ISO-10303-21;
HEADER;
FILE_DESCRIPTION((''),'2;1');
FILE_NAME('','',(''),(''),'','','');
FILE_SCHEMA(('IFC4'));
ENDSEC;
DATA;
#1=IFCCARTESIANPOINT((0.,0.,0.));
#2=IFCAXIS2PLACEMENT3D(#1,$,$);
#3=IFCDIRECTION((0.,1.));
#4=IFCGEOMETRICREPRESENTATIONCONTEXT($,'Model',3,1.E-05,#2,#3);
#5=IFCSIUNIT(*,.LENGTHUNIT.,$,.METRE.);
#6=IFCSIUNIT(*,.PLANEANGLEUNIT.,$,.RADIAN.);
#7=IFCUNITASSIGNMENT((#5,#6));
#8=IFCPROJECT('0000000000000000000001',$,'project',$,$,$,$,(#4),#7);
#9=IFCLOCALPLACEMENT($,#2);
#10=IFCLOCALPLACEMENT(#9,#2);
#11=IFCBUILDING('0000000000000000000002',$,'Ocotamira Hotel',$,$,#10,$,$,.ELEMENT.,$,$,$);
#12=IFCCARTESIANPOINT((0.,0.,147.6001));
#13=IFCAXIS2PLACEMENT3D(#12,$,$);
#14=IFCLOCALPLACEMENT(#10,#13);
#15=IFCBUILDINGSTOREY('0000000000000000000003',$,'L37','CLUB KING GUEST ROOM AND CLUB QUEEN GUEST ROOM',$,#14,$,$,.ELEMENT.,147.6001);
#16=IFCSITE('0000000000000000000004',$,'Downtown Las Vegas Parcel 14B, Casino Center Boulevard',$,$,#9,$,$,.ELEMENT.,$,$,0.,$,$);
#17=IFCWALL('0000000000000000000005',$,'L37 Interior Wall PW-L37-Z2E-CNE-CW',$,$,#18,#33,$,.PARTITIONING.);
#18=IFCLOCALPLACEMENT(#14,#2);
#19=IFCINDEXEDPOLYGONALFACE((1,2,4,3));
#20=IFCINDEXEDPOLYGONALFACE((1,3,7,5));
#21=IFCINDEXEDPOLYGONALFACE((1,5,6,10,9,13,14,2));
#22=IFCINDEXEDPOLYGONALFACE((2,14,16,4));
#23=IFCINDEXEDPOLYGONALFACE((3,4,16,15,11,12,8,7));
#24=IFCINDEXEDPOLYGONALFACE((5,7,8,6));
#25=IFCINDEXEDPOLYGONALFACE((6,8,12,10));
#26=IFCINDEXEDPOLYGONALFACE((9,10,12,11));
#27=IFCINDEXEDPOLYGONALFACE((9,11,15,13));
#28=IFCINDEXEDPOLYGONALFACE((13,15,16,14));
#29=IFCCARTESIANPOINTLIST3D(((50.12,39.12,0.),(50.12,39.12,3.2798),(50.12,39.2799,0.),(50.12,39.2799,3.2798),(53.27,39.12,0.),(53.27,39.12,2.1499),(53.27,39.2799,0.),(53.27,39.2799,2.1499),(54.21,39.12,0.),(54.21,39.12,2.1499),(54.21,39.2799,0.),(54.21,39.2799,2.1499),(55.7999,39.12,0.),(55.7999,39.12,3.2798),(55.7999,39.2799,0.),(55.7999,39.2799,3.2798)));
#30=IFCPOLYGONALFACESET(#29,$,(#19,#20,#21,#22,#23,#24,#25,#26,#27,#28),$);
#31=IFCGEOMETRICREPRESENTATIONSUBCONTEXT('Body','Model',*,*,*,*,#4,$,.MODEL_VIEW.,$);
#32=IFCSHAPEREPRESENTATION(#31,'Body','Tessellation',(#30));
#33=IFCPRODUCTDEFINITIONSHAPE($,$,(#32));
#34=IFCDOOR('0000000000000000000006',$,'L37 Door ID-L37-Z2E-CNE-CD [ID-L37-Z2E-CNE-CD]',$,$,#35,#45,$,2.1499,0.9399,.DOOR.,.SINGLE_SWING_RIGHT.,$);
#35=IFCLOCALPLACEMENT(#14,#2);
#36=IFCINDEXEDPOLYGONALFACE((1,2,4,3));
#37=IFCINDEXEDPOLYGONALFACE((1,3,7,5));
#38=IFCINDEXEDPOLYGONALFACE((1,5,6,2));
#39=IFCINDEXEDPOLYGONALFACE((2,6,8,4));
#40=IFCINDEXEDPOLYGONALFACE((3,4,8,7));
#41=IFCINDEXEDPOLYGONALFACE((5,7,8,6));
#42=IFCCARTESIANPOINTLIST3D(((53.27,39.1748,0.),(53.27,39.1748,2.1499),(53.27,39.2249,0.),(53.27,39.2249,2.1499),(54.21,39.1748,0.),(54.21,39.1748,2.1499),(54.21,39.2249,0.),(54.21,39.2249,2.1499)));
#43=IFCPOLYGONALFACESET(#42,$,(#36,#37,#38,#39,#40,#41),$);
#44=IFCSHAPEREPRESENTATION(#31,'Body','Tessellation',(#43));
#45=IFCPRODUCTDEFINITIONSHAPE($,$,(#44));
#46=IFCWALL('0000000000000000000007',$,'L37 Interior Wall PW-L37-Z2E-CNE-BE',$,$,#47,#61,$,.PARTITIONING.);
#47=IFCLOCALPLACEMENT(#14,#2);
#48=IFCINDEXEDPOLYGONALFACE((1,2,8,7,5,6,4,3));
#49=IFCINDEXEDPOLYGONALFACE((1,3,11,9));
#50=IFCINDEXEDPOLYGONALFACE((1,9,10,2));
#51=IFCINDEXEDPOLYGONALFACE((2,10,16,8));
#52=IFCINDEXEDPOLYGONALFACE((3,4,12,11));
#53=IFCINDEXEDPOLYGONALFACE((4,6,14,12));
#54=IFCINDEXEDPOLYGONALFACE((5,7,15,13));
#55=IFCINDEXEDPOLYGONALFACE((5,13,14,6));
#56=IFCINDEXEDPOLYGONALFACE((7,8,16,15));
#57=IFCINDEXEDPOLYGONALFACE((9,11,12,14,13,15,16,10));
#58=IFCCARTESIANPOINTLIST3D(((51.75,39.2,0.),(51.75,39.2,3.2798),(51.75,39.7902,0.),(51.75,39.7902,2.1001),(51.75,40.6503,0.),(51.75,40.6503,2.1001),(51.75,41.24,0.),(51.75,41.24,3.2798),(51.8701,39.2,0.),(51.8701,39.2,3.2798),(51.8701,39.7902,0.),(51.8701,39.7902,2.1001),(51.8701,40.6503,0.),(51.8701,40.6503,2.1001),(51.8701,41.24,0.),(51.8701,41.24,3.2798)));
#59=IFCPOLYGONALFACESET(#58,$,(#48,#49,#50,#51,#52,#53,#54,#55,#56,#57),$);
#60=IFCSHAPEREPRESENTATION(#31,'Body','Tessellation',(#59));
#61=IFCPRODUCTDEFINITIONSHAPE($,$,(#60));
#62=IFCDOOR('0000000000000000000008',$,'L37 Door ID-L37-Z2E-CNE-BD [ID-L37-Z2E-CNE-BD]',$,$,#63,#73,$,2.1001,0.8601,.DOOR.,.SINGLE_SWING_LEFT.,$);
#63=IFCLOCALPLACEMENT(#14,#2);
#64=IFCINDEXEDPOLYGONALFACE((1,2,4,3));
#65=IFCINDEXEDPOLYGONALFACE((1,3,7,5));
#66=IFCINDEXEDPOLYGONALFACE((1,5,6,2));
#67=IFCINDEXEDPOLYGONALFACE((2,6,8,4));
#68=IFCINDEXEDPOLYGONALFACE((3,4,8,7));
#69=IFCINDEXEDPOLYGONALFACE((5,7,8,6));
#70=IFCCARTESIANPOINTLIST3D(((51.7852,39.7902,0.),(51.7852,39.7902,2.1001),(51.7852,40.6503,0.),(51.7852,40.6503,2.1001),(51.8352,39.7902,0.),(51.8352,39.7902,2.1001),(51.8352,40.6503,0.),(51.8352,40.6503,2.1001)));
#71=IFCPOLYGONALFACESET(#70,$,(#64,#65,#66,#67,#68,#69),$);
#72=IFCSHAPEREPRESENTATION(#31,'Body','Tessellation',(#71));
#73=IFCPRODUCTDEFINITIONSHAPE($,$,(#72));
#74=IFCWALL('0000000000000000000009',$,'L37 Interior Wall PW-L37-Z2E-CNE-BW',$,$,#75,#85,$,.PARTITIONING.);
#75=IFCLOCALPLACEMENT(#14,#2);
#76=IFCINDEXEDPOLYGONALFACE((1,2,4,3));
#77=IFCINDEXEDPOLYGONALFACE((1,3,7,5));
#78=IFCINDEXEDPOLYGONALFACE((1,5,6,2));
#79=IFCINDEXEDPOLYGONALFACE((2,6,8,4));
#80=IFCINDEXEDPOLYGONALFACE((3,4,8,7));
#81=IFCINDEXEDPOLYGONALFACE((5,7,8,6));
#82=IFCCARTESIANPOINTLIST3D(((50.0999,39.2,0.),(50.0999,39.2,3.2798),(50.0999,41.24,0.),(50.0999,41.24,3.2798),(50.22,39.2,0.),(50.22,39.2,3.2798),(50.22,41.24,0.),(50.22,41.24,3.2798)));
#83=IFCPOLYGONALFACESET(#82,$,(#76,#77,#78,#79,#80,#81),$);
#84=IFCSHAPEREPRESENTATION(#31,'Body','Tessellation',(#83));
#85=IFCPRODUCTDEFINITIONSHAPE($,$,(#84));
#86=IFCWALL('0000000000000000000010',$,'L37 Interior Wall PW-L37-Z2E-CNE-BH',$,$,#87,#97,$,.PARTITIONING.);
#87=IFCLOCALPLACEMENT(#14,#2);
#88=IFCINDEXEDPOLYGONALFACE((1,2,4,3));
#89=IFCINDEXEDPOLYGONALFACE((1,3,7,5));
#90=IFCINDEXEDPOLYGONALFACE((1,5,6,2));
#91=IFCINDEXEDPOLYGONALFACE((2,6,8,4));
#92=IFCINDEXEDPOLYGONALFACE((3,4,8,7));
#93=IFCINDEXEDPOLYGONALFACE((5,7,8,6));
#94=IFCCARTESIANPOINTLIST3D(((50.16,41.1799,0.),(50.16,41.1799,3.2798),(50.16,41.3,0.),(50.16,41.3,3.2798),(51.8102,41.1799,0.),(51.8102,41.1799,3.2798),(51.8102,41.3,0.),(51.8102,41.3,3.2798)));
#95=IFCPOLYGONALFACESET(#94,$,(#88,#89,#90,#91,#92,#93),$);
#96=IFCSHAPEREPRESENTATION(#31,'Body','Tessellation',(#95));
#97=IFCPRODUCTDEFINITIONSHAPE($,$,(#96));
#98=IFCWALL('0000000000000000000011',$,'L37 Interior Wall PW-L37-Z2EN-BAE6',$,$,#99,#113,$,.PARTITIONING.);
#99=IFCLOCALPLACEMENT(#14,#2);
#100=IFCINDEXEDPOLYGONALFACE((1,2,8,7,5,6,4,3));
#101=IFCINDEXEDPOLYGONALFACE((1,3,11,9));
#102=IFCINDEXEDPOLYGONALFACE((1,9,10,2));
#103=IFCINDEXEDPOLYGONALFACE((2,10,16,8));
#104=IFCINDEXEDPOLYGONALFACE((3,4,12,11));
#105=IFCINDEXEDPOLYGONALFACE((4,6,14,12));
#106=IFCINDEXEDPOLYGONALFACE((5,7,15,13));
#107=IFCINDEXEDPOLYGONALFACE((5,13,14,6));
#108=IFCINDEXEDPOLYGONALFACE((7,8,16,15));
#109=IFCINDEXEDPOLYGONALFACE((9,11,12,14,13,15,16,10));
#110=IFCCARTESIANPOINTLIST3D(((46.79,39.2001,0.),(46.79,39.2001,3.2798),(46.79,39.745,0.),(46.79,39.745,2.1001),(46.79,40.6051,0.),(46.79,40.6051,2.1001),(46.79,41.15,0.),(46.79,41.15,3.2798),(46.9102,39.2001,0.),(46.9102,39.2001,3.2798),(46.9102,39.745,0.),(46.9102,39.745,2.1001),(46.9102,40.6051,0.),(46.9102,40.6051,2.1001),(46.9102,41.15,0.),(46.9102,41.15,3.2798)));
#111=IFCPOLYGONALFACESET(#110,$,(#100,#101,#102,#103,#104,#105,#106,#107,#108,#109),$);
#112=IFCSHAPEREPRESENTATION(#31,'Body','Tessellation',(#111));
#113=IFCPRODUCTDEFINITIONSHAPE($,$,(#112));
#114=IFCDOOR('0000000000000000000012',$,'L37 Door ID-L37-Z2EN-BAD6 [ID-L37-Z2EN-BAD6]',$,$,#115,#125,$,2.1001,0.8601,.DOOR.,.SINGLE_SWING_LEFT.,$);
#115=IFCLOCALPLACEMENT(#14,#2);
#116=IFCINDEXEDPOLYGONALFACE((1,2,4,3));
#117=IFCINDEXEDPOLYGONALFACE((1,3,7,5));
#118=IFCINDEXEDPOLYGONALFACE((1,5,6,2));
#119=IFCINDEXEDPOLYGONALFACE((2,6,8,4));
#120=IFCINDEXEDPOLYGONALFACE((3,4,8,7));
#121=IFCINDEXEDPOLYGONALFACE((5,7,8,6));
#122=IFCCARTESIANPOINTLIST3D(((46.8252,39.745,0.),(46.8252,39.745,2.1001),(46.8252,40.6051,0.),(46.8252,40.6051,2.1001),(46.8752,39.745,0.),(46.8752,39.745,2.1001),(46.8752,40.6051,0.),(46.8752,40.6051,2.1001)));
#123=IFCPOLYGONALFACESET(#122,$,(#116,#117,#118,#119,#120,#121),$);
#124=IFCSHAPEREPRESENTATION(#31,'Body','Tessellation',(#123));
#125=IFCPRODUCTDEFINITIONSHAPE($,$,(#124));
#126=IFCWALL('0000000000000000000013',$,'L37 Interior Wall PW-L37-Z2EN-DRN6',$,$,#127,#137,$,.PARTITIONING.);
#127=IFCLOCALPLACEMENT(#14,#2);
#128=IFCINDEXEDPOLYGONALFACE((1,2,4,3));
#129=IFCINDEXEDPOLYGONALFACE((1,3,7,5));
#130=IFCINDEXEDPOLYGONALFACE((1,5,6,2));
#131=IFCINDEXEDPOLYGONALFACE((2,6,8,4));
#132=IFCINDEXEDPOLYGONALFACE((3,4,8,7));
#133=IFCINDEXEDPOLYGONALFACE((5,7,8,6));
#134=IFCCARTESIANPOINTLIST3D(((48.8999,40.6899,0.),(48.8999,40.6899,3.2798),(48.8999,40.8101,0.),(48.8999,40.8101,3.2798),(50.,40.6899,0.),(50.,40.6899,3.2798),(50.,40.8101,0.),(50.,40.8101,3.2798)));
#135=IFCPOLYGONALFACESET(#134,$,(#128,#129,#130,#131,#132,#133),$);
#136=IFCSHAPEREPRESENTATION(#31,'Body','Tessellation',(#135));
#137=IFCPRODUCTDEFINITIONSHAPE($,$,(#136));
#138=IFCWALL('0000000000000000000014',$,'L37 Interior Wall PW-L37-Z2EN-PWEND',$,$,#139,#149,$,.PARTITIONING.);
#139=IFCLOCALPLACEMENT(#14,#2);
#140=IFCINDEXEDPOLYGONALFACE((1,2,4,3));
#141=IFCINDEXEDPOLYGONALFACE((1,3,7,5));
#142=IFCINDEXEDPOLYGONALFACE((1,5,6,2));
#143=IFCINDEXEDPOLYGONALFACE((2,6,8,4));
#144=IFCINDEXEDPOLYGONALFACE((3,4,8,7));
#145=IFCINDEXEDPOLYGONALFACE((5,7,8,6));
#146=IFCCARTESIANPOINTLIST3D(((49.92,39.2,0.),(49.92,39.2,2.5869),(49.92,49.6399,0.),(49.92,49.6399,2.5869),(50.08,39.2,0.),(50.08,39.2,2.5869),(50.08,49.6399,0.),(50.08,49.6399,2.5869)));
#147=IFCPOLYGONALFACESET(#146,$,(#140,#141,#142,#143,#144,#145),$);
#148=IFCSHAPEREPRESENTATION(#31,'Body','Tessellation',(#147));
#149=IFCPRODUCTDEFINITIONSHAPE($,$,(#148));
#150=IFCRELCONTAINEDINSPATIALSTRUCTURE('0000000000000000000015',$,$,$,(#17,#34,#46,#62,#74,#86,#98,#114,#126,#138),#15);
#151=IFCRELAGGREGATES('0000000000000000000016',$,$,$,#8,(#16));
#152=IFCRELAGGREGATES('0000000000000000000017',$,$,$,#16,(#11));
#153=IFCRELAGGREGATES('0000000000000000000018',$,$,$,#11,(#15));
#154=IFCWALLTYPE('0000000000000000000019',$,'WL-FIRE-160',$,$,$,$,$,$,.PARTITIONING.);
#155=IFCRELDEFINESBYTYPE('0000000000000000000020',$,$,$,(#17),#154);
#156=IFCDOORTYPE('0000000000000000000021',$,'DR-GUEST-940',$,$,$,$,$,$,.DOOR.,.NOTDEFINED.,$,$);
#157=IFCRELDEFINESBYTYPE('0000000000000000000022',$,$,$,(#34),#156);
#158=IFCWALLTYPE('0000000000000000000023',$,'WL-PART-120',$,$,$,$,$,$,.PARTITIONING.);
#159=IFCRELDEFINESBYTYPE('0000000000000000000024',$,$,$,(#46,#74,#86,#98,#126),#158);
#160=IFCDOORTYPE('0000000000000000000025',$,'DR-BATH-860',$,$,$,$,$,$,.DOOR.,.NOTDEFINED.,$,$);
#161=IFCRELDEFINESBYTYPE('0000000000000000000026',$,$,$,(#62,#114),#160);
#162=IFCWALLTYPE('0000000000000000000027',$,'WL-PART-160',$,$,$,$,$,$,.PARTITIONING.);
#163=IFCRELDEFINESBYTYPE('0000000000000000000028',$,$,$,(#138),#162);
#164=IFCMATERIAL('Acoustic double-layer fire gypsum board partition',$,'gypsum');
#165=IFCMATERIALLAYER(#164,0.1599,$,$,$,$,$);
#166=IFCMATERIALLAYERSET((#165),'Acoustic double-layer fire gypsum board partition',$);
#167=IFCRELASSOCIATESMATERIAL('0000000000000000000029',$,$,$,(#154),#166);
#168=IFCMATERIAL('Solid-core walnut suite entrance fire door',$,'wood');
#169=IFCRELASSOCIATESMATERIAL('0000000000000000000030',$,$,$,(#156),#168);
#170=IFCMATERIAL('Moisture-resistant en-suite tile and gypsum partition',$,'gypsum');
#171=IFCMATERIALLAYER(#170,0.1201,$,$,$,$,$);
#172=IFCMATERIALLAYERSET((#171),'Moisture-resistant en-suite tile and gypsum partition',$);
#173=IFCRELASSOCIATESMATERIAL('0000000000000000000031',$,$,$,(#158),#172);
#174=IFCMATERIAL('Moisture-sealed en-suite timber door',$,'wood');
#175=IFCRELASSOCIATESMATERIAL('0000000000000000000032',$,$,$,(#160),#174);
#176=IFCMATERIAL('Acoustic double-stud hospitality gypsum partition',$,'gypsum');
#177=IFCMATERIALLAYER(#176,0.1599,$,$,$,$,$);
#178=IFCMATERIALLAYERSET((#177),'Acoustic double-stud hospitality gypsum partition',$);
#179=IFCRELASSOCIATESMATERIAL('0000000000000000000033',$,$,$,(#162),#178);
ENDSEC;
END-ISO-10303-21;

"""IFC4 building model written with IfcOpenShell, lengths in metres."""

from ifc_helpers import new_model, si_unit, direction, frame, frame_2d, origin, place, context, subcontext, project, spatial, rectangle, extrude, source, transform, mapped, material, layer, layer_set, type_object, element, fill, save


model = new_model("IFC4")

# Units and contexts
model_context = context("Model", 3, precision=1e-05, world=origin(), true_north=direction((0.0, 1.0)))
body_context = subcontext(model_context, "Body", "Model", "MODEL_VIEW")
ifc_project = project(units=[si_unit("LENGTHUNIT", "METRE"), si_unit("PLANEANGLEUNIT", "RADIAN")], contexts=[model_context])

# Site, building, storey
site_placement = place(None, origin())
site = spatial("IfcSite", under=ifc_project, at=site_placement, Name="Downtown Las Vegas Parcel 14B, Casino Center Boulevard", CompositionType="ELEMENT", RefElevation=0.0)
building_placement = place(site_placement, origin())
building = spatial("IfcBuilding", under=site, at=building_placement, Name="Ocotamira Hotel", CompositionType="ELEMENT")
storey_placement = place(building_placement, frame((0.0, 0.0, 147.6001)))
storey = spatial("IfcBuildingStorey", under=building, at=storey_placement, Name="L37", Description="CLUB KING GUEST ROOM AND CLUB QUEEN GUEST ROOM", CompositionType="ELEMENT", Elevation=147.6001)

# Walls, openings, doors
ifc_material_1 = material(Name="Acoustic double-layer fire gypsum board partition", Category="gypsum")
ifc_layer_1 = layer(ifc_material_1, 0.1599)
ifc_layer_set_1 = layer_set([ifc_layer_1], Name="Acoustic double-layer fire gypsum board partition")
wall_type_1 = type_object("IfcWallType", Name="WL-FIRE-160", PredefinedType="PARTITIONING", material=ifc_layer_set_1)
wall_1_placement = place(storey_placement, frame((50.1201, 39.2, 0.0), z_axis=(0.0, 0.0, 1.0), x_axis=(1.0, 0.0, 0.0)))
wall_1 = element("IfcWall", 1, at=wall_1_placement, inside=storey, type_object=wall_type_1, Name="L37 Interior Wall PW-L37-Z2E-CNE-CW", PredefinedType="PARTITIONING", context=body_context, shape_type="SweptSolid", body=[
    extrude(rectangle(XDim=5.6799, YDim=0.1599, at=frame_2d((2.8398, 0.0))), origin(), (0.0, 0.0, 1.0), 3.2798),
])
opening_1_placement = place(wall_1_placement, frame((3.1499, 0.0, 0.0)))
opening_1 = element("IfcOpeningElement", 2, at=opening_1_placement, cuts=wall_1, PredefinedType="OPENING", context=body_context, shape_type="SweptSolid", body=[
    extrude(rectangle(XDim=0.9399, YDim=2.1499, at=frame_2d((0.47, 1.075))), frame((0.0, 0.0898, 0.0), z_axis=(0.0, -1.0, 0.0), x_axis=(1.0, 0.0, 0.0)), (0.0, 0.0, 1.0), 0.1799),
])
ifc_material_2 = material(Name="Solid-core walnut suite entrance fire door", Category="wood")
door_type_1 = type_object("IfcDoorType", Name="DR-GUEST-940", OperationType="NOTDEFINED", PredefinedType="DOOR", material=ifc_material_2)
shared_shape_1 = source(origin(), body_context, "Body", "SweptSolid", [
    extrude(rectangle(XDim=0.9399, YDim=2.1499, at=frame_2d((0.47, 1.075))), frame((0.0, 0.0249, 0.0), z_axis=(0.0, -1.0, 0.0), x_axis=(1.0, 0.0, 0.0)), (0.0, 0.0, 1.0), 0.05),
])
door_1_placement = place(opening_1_placement, origin())
door_1 = element("IfcDoor", 3, at=door_1_placement, inside=storey, type_object=door_type_1, Name="L37 Door ID-L37-Z2E-CNE-CD [ID-L37-Z2E-CNE-CD]", OperationType="SINGLE_SWING_RIGHT", OverallHeight=2.1499, OverallWidth=0.9399, PredefinedType="DOOR", context=body_context, shape_type="MappedRepresentation", body=[
    mapped(shared_shape_1, transform((0.0, 0.0, 0.0), scale=1.0)),
])
fill(opening_1, door_1)
ifc_material_3 = material(Name="Moisture-resistant en-suite tile and gypsum partition", Category="gypsum")
ifc_layer_2 = layer(ifc_material_3, 0.1201)
ifc_layer_set_2 = layer_set([ifc_layer_2], Name="Moisture-resistant en-suite tile and gypsum partition")
wall_type_2 = type_object("IfcWallType", Name="WL-PART-120", PredefinedType="PARTITIONING", material=ifc_layer_set_2)
wall_2_placement = place(storey_placement, frame((51.8101, 39.2, 0.0), z_axis=(0.0, 0.0, 1.0), x_axis=(0.0, 1.0, 0.0)))
wall_2 = element("IfcWall", 4, at=wall_2_placement, inside=storey, type_object=wall_type_2, Name="L37 Interior Wall PW-L37-Z2E-CNE-BE", PredefinedType="PARTITIONING", context=body_context, shape_type="SweptSolid", body=[
    extrude(rectangle(XDim=2.04, YDim=0.1201, at=frame_2d((1.02, 0.0))), origin(), (0.0, 0.0, 1.0), 3.2798),
])
opening_2_placement = place(wall_2_placement, frame((0.5901, 0.0, 0.0)))
opening_2 = element("IfcOpeningElement", 5, at=opening_2_placement, cuts=wall_2, PredefinedType="OPENING", context=body_context, shape_type="SweptSolid", body=[
    extrude(rectangle(XDim=0.8601, YDim=2.1001, at=frame_2d((0.4302, 1.05))), frame((0.0, 0.0701, 0.0), z_axis=(0.0, -1.0, 0.0), x_axis=(1.0, 0.0, 0.0)), (0.0, 0.0, 1.0), 0.1401),
])
ifc_material_4 = material(Name="Moisture-sealed en-suite timber door", Category="wood")
door_type_2 = type_object("IfcDoorType", Name="DR-BATH-860", OperationType="NOTDEFINED", PredefinedType="DOOR", material=ifc_material_4)
shared_shape_2 = source(origin(), body_context, "Body", "SweptSolid", [
    extrude(rectangle(XDim=0.8601, YDim=2.1001, at=frame_2d((0.4302, 1.05))), frame((0.0, 0.0249, 0.0), z_axis=(0.0, -1.0, 0.0), x_axis=(1.0, 0.0, 0.0)), (0.0, 0.0, 1.0), 0.05),
])
door_2_placement = place(opening_2_placement, origin())
door_2 = element("IfcDoor", 6, at=door_2_placement, inside=storey, type_object=door_type_2, Name="L37 Door ID-L37-Z2E-CNE-BD [ID-L37-Z2E-CNE-BD]", OperationType="SINGLE_SWING_LEFT", OverallHeight=2.1001, OverallWidth=0.8601, PredefinedType="DOOR", context=body_context, shape_type="MappedRepresentation", body=[
    mapped(shared_shape_2, transform((0.0, 0.0, 0.0), scale=1.0)),
])
fill(opening_2, door_2)

# Walls
wall_3_placement = place(storey_placement, frame((50.1599, 39.2, 0.0), z_axis=(0.0, 0.0, 1.0), x_axis=(0.0, 1.0, 0.0)))
element("IfcWall", 7, at=wall_3_placement, inside=storey, type_object=wall_type_2, Name="L37 Interior Wall PW-L37-Z2E-CNE-BW", PredefinedType="PARTITIONING", context=body_context, shape_type="SweptSolid", body=[
    extrude(rectangle(XDim=2.04, YDim=0.1201, at=frame_2d((1.02, 0.0))), origin(), (0.0, 0.0, 1.0), 3.2798),
])
wall_4_placement = place(storey_placement, frame((50.1599, 41.24, 0.0), z_axis=(0.0, 0.0, 1.0), x_axis=(1.0, 0.0, 0.0)))
element("IfcWall", 8, at=wall_4_placement, inside=storey, type_object=wall_type_2, Name="L37 Interior Wall PW-L37-Z2E-CNE-BH", PredefinedType="PARTITIONING", context=body_context, shape_type="SweptSolid", body=[
    extrude(rectangle(XDim=1.6501, YDim=0.1201, at=frame_2d((0.8252, 0.0))), origin(), (0.0, 0.0, 1.0), 3.2798),
])

# Wall, opening, door
wall_5_placement = place(storey_placement, frame((46.8501, 39.2, 0.0), z_axis=(0.0, 0.0, 1.0), x_axis=(0.0, 1.0, 0.0)))
wall_5 = element("IfcWall", 9, at=wall_5_placement, inside=storey, type_object=wall_type_2, Name="L37 Interior Wall PW-L37-Z2EN-BAE6", PredefinedType="PARTITIONING", context=body_context, shape_type="SweptSolid", body=[
    extrude(rectangle(XDim=1.95, YDim=0.1201, at=frame_2d((0.9751, 0.0))), origin(), (0.0, 0.0, 1.0), 3.2798),
])
opening_3_placement = place(wall_5_placement, frame((0.5449, 0.0, 0.0)))
opening_3 = element("IfcOpeningElement", 10, at=opening_3_placement, cuts=wall_5, PredefinedType="OPENING", context=body_context, shape_type="SweptSolid", body=[
    extrude(rectangle(XDim=0.8601, YDim=2.1001, at=frame_2d((0.4302, 1.05))), frame((0.0, 0.0701, 0.0), z_axis=(0.0, -1.0, 0.0), x_axis=(1.0, 0.0, 0.0)), (0.0, 0.0, 1.0), 0.1401),
])
door_3_placement = place(opening_3_placement, origin())
door_3 = element("IfcDoor", 11, at=door_3_placement, inside=storey, type_object=door_type_2, Name="L37 Door ID-L37-Z2EN-BAD6 [ID-L37-Z2EN-BAD6]", OperationType="SINGLE_SWING_LEFT", OverallHeight=2.1001, OverallWidth=0.8601, PredefinedType="DOOR", context=body_context, shape_type="MappedRepresentation", body=[
    mapped(shared_shape_2, transform((0.0, 0.0, 0.0), scale=1.0)),
])
fill(opening_3, door_3)

# Walls
wall_6_placement = place(storey_placement, frame((48.8999, 40.75, 0.0), z_axis=(0.0, 0.0, 1.0), x_axis=(1.0, 0.0, 0.0)))
element("IfcWall", 12, at=wall_6_placement, inside=storey, type_object=wall_type_2, Name="L37 Interior Wall PW-L37-Z2EN-DRN6", PredefinedType="PARTITIONING", context=body_context, shape_type="SweptSolid", body=[
    extrude(rectangle(XDim=1.1001, YDim=0.1201, at=frame_2d((0.55, 0.0))), origin(), (0.0, 0.0, 1.0), 3.2798),
])
ifc_material_5 = material(Name="Acoustic double-stud hospitality gypsum partition", Category="gypsum")
ifc_layer_3 = layer(ifc_material_5, 0.1599)
ifc_layer_set_3 = layer_set([ifc_layer_3], Name="Acoustic double-stud hospitality gypsum partition")
wall_type_3 = type_object("IfcWallType", Name="WL-PART-160", PredefinedType="PARTITIONING", material=ifc_layer_set_3)
wall_7_placement = place(storey_placement, frame((50.0, 39.2, 0.0), z_axis=(0.0, 0.0, 1.0), x_axis=(0.0, 1.0, 0.0)))
element("IfcWall", 13, at=wall_7_placement, inside=storey, type_object=wall_type_3, Name="L37 Interior Wall PW-L37-Z2EN-PWEND", PredefinedType="PARTITIONING", context=body_context, shape_type="SweptSolid", body=[
    extrude(rectangle(XDim=10.4399, YDim=0.1599, at=frame_2d((5.22, 0.0))), origin(), (0.0, 0.0, 1.0), 2.5869),
])

save(model, "model.ifc")
